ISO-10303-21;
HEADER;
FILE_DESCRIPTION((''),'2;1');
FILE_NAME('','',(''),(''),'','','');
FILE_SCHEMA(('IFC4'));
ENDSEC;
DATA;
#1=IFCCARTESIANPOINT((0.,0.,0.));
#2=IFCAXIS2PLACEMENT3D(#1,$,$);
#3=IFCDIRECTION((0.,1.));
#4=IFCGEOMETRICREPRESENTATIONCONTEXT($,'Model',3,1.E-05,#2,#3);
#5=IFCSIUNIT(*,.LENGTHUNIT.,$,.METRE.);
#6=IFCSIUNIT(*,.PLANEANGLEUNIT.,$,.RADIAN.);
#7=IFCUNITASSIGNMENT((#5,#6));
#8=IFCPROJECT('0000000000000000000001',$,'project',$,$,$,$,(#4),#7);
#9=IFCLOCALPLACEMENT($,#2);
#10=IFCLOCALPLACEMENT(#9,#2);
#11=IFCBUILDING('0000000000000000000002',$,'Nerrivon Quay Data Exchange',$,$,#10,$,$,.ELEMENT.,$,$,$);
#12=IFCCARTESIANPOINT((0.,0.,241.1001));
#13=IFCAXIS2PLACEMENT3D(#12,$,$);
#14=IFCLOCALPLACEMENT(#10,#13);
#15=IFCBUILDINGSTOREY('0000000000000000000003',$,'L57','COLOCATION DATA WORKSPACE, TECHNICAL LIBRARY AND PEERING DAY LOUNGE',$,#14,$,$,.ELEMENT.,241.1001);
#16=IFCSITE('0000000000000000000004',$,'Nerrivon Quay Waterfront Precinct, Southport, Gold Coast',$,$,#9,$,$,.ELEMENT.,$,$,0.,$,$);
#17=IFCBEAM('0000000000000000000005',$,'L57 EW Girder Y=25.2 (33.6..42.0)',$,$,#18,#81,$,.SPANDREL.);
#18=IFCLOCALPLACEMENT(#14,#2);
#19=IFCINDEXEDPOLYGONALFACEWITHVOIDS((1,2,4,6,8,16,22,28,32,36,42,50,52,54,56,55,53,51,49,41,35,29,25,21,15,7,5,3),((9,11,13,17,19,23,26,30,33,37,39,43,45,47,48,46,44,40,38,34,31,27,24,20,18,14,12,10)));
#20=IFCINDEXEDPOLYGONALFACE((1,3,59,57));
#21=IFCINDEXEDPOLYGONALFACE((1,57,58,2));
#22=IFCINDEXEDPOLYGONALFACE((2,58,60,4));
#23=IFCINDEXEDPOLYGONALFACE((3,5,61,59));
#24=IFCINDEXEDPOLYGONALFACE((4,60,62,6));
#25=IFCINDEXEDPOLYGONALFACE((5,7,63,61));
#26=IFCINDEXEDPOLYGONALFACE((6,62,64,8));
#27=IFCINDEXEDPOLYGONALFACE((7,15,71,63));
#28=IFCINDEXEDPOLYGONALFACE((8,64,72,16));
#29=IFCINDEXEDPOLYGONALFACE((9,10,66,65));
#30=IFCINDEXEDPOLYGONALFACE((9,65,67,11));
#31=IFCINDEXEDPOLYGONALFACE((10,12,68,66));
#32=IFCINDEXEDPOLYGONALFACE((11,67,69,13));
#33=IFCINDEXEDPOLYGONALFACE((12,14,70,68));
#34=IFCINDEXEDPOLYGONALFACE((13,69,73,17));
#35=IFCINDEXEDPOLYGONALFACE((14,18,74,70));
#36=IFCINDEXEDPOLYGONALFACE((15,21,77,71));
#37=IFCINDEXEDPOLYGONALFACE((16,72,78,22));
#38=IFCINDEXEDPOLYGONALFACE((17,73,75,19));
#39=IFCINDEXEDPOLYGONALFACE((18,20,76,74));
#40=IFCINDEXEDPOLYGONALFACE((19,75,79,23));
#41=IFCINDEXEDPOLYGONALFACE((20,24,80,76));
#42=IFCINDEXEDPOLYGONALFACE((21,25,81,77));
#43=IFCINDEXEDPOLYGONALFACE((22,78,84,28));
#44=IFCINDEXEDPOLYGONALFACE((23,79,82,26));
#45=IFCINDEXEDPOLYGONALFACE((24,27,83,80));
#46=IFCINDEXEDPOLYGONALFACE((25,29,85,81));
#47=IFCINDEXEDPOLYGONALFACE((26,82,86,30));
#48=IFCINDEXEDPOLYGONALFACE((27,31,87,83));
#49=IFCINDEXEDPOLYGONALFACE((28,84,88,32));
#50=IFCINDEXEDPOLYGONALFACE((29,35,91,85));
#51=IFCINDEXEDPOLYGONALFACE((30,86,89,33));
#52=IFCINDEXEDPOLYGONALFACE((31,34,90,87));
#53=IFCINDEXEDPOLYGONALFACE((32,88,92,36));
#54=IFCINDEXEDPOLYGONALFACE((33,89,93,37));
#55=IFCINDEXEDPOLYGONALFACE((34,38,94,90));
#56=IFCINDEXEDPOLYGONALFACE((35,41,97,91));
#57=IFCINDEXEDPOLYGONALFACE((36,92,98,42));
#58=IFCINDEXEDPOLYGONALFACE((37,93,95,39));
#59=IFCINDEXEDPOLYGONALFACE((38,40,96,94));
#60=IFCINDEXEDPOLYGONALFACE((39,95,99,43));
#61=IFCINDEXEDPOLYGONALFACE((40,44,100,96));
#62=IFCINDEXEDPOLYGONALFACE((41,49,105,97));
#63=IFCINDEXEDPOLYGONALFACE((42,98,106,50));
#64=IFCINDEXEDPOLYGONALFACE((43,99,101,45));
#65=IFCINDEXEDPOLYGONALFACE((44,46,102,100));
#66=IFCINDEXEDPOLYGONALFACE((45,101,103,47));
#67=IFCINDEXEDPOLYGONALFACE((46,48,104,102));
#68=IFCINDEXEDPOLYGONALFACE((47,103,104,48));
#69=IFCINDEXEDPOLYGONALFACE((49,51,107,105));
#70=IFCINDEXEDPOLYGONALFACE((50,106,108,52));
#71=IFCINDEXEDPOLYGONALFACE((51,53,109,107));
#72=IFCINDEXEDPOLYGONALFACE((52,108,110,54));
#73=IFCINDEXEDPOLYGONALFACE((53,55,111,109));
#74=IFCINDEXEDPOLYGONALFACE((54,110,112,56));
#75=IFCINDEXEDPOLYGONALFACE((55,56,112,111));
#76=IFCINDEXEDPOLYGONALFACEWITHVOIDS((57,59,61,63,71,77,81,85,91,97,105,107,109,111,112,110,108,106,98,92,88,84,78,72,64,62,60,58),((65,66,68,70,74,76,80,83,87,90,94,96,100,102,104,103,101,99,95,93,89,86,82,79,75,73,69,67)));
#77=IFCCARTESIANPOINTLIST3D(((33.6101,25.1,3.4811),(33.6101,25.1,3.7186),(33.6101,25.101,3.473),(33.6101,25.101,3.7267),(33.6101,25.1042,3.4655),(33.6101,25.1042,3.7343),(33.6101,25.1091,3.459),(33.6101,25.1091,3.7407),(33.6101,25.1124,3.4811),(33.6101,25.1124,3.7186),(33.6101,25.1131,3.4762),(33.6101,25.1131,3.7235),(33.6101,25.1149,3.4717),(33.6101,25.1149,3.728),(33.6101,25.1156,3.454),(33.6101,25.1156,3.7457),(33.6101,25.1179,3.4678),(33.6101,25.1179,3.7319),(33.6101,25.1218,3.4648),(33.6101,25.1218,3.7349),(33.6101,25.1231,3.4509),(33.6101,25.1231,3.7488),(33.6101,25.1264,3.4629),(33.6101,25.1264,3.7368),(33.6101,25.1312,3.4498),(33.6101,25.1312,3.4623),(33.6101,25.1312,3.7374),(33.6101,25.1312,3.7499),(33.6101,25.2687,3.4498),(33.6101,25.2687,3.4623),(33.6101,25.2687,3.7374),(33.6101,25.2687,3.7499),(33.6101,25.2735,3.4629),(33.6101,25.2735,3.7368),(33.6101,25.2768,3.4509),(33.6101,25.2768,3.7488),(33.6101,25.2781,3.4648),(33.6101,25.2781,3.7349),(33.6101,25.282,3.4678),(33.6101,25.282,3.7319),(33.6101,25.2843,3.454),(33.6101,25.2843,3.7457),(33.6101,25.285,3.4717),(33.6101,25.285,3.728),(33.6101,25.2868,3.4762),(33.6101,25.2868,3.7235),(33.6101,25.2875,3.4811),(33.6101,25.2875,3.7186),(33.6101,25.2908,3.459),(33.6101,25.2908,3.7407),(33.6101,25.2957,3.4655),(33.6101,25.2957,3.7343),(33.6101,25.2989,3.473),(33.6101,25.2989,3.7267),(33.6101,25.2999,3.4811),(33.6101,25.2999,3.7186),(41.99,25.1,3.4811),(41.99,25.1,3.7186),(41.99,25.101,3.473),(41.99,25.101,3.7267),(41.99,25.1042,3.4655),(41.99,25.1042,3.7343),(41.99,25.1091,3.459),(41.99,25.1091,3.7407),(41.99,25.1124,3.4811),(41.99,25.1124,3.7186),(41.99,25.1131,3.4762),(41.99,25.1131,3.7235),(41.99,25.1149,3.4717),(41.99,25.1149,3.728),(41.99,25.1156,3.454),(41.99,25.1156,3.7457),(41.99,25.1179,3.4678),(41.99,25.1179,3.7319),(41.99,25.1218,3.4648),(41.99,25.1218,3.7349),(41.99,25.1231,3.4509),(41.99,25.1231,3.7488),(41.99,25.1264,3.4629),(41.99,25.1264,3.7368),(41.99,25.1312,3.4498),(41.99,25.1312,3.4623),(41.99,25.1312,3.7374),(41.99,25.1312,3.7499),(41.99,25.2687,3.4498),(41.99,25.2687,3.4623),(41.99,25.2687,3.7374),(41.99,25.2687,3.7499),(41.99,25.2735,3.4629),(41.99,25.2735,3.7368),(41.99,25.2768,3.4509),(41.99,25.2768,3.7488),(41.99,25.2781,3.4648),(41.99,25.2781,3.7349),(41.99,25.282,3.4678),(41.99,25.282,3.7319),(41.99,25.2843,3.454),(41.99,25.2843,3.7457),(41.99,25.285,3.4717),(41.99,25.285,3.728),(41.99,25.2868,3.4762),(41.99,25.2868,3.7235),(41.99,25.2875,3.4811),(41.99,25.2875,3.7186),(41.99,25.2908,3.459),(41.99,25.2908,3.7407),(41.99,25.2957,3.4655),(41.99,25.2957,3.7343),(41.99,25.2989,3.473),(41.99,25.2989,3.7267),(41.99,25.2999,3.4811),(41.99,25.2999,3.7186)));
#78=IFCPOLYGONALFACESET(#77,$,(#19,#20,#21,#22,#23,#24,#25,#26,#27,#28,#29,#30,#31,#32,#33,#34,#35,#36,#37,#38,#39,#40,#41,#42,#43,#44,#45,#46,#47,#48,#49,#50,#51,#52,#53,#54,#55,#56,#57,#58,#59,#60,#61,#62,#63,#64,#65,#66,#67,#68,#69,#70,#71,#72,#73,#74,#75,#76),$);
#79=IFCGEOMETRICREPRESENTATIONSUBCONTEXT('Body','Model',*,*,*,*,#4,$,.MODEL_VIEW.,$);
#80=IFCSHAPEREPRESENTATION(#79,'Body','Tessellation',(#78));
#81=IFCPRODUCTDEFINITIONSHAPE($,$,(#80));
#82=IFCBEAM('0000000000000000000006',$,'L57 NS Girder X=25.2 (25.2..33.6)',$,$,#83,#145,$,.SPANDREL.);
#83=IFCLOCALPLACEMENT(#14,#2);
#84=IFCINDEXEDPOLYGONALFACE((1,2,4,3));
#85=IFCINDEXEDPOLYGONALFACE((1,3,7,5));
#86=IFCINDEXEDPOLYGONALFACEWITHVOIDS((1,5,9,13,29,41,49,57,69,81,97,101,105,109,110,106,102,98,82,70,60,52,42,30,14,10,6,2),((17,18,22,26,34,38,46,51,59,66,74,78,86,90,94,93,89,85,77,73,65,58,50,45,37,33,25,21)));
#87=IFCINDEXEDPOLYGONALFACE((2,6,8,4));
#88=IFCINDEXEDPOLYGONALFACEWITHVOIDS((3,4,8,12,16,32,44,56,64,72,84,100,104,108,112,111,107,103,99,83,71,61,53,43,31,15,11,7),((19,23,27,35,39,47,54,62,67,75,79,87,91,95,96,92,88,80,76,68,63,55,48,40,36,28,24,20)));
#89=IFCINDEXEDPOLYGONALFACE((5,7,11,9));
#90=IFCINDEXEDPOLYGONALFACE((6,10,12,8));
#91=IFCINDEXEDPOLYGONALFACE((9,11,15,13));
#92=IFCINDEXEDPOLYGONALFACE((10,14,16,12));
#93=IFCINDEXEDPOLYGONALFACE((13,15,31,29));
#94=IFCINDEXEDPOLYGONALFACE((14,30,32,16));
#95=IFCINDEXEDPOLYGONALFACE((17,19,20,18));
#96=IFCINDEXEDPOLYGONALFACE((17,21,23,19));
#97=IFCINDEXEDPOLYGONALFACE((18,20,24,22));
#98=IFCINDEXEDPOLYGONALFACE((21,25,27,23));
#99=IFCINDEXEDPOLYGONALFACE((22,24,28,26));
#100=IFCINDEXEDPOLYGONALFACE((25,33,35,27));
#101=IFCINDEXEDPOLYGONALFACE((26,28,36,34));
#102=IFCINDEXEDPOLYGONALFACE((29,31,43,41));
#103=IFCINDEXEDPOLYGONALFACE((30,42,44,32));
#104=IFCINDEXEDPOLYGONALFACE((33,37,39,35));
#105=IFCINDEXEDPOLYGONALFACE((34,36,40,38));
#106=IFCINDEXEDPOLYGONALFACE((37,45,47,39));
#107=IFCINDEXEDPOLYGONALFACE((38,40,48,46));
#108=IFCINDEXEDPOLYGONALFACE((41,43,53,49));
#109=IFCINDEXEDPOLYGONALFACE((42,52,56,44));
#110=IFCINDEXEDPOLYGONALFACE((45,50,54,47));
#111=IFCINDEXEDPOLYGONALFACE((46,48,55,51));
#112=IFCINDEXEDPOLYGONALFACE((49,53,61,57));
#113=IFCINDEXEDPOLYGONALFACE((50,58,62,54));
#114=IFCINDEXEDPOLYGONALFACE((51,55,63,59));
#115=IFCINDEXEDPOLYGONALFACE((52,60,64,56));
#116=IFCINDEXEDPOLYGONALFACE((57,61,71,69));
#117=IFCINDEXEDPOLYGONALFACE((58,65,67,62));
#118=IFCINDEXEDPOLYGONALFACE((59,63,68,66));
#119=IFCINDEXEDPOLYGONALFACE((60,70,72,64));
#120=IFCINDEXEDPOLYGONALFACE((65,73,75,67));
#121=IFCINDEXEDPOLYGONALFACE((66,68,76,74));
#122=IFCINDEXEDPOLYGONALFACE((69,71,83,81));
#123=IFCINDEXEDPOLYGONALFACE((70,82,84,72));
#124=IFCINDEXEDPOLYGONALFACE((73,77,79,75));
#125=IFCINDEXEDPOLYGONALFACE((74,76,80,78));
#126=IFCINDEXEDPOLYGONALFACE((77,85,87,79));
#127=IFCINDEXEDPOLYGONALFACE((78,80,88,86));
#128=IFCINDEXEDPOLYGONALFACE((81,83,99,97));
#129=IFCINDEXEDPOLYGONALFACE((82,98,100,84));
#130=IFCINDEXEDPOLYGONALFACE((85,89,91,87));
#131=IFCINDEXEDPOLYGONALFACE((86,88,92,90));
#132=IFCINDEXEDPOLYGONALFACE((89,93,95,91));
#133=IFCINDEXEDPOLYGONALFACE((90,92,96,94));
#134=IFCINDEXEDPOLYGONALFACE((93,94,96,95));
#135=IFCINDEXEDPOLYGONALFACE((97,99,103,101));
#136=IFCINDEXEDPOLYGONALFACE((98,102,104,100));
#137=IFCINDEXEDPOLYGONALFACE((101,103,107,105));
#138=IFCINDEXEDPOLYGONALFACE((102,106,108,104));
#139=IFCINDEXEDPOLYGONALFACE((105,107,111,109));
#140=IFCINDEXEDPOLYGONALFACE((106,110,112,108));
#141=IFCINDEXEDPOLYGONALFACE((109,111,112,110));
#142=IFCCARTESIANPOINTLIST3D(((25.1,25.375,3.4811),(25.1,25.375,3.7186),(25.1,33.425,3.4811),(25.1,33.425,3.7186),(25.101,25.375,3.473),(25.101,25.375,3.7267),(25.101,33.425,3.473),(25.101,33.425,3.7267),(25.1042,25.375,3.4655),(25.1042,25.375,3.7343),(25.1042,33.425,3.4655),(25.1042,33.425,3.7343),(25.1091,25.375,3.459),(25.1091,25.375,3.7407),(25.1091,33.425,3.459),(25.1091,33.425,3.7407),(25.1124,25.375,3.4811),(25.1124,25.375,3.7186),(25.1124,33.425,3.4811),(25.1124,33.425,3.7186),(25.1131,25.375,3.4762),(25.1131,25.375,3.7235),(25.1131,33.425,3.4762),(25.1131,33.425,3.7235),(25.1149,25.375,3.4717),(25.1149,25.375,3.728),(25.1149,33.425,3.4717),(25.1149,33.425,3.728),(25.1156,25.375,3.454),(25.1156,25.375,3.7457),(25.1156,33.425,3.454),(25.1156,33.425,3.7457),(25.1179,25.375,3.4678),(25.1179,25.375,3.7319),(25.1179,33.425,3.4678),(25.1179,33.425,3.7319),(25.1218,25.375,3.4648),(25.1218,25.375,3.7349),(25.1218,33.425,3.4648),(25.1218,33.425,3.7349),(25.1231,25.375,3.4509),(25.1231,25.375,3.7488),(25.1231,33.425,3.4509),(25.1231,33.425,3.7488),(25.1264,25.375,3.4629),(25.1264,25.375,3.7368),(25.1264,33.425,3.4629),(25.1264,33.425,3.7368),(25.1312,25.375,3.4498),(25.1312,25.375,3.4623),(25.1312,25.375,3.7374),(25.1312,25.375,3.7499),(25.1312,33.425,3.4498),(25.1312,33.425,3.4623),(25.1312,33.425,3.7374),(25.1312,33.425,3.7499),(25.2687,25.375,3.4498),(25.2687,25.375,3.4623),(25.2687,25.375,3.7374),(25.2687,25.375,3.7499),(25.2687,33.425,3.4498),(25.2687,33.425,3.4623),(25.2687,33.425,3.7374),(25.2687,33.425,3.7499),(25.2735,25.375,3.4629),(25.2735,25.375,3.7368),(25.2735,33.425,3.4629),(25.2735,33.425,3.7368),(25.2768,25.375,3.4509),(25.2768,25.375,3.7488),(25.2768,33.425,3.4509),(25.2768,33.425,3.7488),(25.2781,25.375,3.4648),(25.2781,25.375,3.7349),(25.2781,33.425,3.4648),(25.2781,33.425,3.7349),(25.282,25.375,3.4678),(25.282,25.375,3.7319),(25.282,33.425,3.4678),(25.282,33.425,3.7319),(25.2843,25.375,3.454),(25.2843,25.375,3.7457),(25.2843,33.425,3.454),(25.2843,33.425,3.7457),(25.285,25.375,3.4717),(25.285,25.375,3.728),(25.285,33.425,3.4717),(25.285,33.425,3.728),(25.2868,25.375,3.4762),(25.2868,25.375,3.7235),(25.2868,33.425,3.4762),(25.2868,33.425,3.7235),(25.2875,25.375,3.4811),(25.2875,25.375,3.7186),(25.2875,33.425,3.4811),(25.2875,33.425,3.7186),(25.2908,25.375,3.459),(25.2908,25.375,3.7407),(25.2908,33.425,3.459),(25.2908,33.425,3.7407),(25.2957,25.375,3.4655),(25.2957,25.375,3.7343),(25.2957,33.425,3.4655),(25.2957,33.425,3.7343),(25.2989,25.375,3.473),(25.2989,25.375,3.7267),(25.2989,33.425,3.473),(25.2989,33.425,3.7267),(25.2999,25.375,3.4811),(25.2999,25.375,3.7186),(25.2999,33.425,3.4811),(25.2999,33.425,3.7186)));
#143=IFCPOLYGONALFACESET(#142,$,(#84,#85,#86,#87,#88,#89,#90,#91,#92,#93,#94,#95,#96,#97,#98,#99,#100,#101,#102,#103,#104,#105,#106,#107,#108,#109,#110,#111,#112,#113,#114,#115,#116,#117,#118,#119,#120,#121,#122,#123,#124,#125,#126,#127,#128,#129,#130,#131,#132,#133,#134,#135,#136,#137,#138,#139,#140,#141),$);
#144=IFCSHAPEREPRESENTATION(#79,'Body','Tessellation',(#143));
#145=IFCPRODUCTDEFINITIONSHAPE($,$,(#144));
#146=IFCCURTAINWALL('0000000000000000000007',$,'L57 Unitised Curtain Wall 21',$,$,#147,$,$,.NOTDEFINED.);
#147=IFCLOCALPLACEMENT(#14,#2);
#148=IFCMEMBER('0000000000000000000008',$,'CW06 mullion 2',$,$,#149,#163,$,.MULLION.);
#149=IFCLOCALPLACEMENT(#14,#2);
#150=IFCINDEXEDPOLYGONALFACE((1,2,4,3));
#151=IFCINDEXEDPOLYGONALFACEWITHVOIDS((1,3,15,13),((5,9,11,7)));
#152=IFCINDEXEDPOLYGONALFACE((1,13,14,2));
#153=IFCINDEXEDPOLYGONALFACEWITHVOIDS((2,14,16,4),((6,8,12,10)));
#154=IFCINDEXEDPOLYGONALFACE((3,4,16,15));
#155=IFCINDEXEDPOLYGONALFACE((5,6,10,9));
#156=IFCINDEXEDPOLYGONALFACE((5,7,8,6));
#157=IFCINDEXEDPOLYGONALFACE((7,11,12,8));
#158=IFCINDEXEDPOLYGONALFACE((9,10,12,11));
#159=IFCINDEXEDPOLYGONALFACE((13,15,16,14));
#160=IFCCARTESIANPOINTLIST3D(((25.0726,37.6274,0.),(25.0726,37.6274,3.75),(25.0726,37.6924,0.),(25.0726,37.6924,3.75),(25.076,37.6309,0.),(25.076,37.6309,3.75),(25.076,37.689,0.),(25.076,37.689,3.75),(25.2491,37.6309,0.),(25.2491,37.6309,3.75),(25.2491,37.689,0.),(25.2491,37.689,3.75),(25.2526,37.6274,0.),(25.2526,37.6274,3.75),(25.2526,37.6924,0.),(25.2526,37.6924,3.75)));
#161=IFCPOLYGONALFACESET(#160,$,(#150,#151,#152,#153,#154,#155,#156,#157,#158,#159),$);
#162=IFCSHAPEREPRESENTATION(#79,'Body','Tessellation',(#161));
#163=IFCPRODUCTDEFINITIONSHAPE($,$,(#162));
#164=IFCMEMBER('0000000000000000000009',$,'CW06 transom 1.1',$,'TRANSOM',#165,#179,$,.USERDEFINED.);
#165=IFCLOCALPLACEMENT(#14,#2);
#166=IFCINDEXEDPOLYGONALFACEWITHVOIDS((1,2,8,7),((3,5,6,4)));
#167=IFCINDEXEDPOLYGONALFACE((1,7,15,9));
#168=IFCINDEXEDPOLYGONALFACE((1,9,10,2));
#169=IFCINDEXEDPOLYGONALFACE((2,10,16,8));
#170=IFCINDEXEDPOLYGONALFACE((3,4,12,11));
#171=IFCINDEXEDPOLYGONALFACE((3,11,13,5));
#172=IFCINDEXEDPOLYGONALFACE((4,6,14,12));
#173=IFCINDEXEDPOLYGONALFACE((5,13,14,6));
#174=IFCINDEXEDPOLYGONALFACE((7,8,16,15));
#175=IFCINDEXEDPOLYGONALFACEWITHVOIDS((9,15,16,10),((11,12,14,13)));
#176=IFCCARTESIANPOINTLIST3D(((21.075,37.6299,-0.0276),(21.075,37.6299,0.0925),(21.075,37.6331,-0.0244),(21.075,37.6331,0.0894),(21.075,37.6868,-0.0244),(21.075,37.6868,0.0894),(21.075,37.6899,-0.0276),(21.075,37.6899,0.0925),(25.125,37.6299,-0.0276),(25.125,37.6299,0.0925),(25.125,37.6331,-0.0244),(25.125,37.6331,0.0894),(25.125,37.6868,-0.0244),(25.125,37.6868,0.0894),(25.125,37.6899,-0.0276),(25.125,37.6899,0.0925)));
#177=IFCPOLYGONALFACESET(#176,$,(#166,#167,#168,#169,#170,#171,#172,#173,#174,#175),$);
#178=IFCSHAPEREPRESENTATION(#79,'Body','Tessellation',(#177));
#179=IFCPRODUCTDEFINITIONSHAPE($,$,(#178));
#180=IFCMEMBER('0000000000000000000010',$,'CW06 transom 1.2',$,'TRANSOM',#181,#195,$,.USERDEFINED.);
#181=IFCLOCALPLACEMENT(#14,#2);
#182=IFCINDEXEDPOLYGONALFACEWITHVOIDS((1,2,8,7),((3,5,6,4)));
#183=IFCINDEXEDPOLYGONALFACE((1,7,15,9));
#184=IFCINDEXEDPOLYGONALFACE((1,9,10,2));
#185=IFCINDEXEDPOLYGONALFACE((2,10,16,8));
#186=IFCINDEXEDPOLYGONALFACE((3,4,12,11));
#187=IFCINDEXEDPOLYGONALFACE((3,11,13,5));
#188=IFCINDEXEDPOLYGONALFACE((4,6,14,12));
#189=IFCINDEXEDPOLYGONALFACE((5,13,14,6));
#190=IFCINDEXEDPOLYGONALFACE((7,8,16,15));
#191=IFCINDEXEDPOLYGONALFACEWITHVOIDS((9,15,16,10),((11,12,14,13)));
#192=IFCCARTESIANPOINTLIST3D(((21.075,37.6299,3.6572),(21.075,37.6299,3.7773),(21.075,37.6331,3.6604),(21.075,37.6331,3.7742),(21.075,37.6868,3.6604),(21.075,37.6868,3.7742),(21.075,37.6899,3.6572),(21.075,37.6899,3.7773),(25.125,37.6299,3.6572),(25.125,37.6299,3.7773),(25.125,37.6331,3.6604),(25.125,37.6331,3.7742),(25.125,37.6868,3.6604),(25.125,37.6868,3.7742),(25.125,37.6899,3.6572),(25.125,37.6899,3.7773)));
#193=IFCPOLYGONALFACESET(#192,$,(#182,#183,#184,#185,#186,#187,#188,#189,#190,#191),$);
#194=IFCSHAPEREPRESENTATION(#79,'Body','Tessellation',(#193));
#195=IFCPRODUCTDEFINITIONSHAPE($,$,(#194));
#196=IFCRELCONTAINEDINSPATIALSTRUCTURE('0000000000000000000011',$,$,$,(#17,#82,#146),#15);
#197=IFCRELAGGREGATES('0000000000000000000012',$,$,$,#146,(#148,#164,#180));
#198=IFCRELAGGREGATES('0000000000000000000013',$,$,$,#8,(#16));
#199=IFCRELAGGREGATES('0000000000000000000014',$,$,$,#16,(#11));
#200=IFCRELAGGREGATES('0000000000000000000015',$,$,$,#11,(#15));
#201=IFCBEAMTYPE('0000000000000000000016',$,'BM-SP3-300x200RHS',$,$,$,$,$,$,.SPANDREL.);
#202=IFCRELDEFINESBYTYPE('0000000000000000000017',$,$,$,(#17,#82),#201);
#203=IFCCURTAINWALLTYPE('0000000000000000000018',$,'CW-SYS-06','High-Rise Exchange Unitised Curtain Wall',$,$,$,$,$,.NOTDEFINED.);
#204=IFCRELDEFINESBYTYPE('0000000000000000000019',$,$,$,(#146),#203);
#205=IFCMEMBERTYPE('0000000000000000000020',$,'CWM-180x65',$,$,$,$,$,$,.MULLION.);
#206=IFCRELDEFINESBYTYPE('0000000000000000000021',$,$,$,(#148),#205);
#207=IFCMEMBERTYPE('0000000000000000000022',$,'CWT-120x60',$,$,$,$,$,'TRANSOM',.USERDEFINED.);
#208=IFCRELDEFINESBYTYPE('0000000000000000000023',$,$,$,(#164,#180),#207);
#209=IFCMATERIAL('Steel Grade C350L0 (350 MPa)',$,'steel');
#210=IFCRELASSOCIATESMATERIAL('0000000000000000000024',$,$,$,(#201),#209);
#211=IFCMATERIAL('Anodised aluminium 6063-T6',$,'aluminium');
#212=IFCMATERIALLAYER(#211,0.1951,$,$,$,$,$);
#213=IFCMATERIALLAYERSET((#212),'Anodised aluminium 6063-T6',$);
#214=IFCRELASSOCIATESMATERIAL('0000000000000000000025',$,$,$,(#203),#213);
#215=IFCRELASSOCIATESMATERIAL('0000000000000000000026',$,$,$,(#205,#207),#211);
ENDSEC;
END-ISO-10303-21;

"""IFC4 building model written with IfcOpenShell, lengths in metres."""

from ifc_helpers import new_model, si_unit, direction, frame, origin, origin_2d, place, context, subcontext, project, spatial, hollow_rectangle, extrude, material, layer, layer_set, material_profile, profile_set, type_object, element, aggregate, save


model = new_model("IFC4")

# Units and contexts
model_context = context("Model", 3, precision=1e-05, world=origin(), true_north=direction((0.0, 1.0)))
body_context = subcontext(model_context, "Body", "Model", "MODEL_VIEW")
ifc_project = project(units=[si_unit("LENGTHUNIT", "METRE"), si_unit("PLANEANGLEUNIT", "RADIAN")], contexts=[model_context])

# Site, building, storey
site_placement = place(None, origin())
site = spatial("IfcSite", under=ifc_project, at=site_placement, Name="Nerrivon Quay Waterfront Precinct, Southport, Gold Coast", CompositionType="ELEMENT", RefElevation=0.0)
building_placement = place(site_placement, origin())
building = spatial("IfcBuilding", under=site, at=building_placement, Name="Nerrivon Quay Data Exchange", CompositionType="ELEMENT")
storey_placement = place(building_placement, frame((0.0, 0.0, 241.1001)))
storey = spatial("IfcBuildingStorey", under=building, at=storey_placement, Name="L57", Description="COLOCATION DATA WORKSPACE, TECHNICAL LIBRARY AND PEERING DAY LOUNGE", CompositionType="ELEMENT", Elevation=241.1001)

# Beams
ifc_material_1 = material(Name="Steel Grade C350L0 (350 MPa)", Category="steel")
ifc_material_profile_1 = material_profile(ifc_material_1, hollow_rectangle(XDim=0.2, YDim=0.3, WallThickness=0.0125, InnerFilletRadius=0.0188, OuterFilletRadius=0.0312, at=origin_2d()), Name="300x200x12.5RHS")
ifc_profile_set_1 = profile_set([ifc_material_profile_1], Name="Steel Grade C350L0 (350 MPa)")
beam_type = type_object("IfcBeamType", Name="BM-SP3-300x200RHS", PredefinedType="SPANDREL", material=ifc_profile_set_1)
beam_1_placement = place(storey_placement, frame((33.6101, 25.2, 3.5999), z_axis=(1.0, 0.0, 0.0), x_axis=(0.0, 1.0, 0.0)))
element("IfcBeam", 1, at=beam_1_placement, inside=storey, type_object=beam_type, Name="L57 EW Girder Y=25.2 (33.6..42.0)", PredefinedType="SPANDREL", context=body_context, shape_type="SweptSolid", body=[
    extrude(hollow_rectangle(XDim=0.2, YDim=0.3, WallThickness=0.0125, InnerFilletRadius=0.0188, OuterFilletRadius=0.0312, at=origin_2d()), origin(), (0.0, 0.0, 1.0), 8.3799),
])
beam_2_placement = place(storey_placement, frame((25.2, 25.375, 3.5999), z_axis=(0.0, 1.0, 0.0), x_axis=(-1.0, 0.0, 0.0)))
element("IfcBeam", 2, at=beam_2_placement, inside=storey, type_object=beam_type, Name="L57 NS Girder X=25.2 (25.2..33.6)", PredefinedType="SPANDREL", context=body_context, shape_type="SweptSolid", body=[
    extrude(hollow_rectangle(XDim=0.2, YDim=0.3, WallThickness=0.0125, InnerFilletRadius=0.0188, OuterFilletRadius=0.0312, at=origin_2d()), origin(), (0.0, 0.0, 1.0), 8.05),
])

# Curtain wall, members
ifc_material_2 = material(Name="Anodised aluminium 6063-T6", Category="aluminium")
ifc_layer_1 = layer(ifc_material_2, 0.1951)
ifc_layer_set_1 = layer_set([ifc_layer_1], Name="Anodised aluminium 6063-T6")
curtain_wall_type = type_object("IfcCurtainWallType", Name="CW-SYS-06", Description="High-Rise Exchange Unitised Curtain Wall", PredefinedType="NOTDEFINED", material=ifc_layer_set_1)
curtain_wall_placement = place(storey_placement, origin())
curtain_wall = element("IfcCurtainWall", 3, at=curtain_wall_placement, inside=storey, type_object=curtain_wall_type, Name="L57 Unitised Curtain Wall 21", PredefinedType="NOTDEFINED")
ifc_material_profile_2 = material_profile(ifc_material_2, hollow_rectangle(XDim=0.0649, YDim=0.1799, WallThickness=0.0034, at=origin_2d()), Name="ALU-MULL-180x65")
ifc_profile_set_2 = profile_set([ifc_material_profile_2], Name="Anodised aluminium 6063-T6")
member_type_1 = type_object("IfcMemberType", Name="CWM-180x65", PredefinedType="MULLION", material=ifc_profile_set_2)
member_1_placement = place(storey_placement, frame((25.1626, 37.6599, 0.0), z_axis=(0.0, 0.0, 1.0), x_axis=(0.0, 1.0, 0.0)))
member_1 = element("IfcMember", 4, at=member_1_placement, type_object=member_type_1, Name="CW06 mullion 2", PredefinedType="MULLION", context=body_context, shape_type="SweptSolid", body=[
    extrude(hollow_rectangle(XDim=0.0649, YDim=0.1799, WallThickness=0.0034, at=origin_2d()), origin(), (0.0, 0.0, 1.0), 3.75),
])
ifc_material_profile_3 = material_profile(ifc_material_2, hollow_rectangle(XDim=0.0601, YDim=0.1201, WallThickness=0.0032, at=origin_2d()), Name="ALU-TRAN-120x60")
ifc_profile_set_3 = profile_set([ifc_material_profile_3], Name="Anodised aluminium 6063-T6")
member_type_2 = type_object("IfcMemberType", Name="CWT-120x60", ElementType="TRANSOM", PredefinedType="USERDEFINED", material=ifc_profile_set_3)
member_2_placement = place(storey_placement, frame((21.075, 37.6599, 0.0325), z_axis=(1.0, 0.0, 0.0), x_axis=(0.0, 1.0, 0.0)))
member_2 = element("IfcMember", 5, at=member_2_placement, type_object=member_type_2, Name="CW06 transom 1.1", ObjectType="TRANSOM", PredefinedType="USERDEFINED", context=body_context, shape_type="SweptSolid", body=[
    extrude(hollow_rectangle(XDim=0.0601, YDim=0.1201, WallThickness=0.0032, at=origin_2d()), origin(), (0.0, 0.0, 1.0), 4.05),
])
member_3_placement = place(storey_placement, frame((21.075, 37.6599, 3.7173), z_axis=(1.0, 0.0, 0.0), x_axis=(0.0, 1.0, 0.0)))
member_3 = element("IfcMember", 6, at=member_3_placement, type_object=member_type_2, Name="CW06 transom 1.2", ObjectType="TRANSOM", PredefinedType="USERDEFINED", context=body_context, shape_type="SweptSolid", body=[
    extrude(hollow_rectangle(XDim=0.0601, YDim=0.1201, WallThickness=0.0032, at=origin_2d()), origin(), (0.0, 0.0, 1.0), 4.05),
])
aggregate(curtain_wall, [member_1, member_2, member_3])

save(model, "model.ifc")
